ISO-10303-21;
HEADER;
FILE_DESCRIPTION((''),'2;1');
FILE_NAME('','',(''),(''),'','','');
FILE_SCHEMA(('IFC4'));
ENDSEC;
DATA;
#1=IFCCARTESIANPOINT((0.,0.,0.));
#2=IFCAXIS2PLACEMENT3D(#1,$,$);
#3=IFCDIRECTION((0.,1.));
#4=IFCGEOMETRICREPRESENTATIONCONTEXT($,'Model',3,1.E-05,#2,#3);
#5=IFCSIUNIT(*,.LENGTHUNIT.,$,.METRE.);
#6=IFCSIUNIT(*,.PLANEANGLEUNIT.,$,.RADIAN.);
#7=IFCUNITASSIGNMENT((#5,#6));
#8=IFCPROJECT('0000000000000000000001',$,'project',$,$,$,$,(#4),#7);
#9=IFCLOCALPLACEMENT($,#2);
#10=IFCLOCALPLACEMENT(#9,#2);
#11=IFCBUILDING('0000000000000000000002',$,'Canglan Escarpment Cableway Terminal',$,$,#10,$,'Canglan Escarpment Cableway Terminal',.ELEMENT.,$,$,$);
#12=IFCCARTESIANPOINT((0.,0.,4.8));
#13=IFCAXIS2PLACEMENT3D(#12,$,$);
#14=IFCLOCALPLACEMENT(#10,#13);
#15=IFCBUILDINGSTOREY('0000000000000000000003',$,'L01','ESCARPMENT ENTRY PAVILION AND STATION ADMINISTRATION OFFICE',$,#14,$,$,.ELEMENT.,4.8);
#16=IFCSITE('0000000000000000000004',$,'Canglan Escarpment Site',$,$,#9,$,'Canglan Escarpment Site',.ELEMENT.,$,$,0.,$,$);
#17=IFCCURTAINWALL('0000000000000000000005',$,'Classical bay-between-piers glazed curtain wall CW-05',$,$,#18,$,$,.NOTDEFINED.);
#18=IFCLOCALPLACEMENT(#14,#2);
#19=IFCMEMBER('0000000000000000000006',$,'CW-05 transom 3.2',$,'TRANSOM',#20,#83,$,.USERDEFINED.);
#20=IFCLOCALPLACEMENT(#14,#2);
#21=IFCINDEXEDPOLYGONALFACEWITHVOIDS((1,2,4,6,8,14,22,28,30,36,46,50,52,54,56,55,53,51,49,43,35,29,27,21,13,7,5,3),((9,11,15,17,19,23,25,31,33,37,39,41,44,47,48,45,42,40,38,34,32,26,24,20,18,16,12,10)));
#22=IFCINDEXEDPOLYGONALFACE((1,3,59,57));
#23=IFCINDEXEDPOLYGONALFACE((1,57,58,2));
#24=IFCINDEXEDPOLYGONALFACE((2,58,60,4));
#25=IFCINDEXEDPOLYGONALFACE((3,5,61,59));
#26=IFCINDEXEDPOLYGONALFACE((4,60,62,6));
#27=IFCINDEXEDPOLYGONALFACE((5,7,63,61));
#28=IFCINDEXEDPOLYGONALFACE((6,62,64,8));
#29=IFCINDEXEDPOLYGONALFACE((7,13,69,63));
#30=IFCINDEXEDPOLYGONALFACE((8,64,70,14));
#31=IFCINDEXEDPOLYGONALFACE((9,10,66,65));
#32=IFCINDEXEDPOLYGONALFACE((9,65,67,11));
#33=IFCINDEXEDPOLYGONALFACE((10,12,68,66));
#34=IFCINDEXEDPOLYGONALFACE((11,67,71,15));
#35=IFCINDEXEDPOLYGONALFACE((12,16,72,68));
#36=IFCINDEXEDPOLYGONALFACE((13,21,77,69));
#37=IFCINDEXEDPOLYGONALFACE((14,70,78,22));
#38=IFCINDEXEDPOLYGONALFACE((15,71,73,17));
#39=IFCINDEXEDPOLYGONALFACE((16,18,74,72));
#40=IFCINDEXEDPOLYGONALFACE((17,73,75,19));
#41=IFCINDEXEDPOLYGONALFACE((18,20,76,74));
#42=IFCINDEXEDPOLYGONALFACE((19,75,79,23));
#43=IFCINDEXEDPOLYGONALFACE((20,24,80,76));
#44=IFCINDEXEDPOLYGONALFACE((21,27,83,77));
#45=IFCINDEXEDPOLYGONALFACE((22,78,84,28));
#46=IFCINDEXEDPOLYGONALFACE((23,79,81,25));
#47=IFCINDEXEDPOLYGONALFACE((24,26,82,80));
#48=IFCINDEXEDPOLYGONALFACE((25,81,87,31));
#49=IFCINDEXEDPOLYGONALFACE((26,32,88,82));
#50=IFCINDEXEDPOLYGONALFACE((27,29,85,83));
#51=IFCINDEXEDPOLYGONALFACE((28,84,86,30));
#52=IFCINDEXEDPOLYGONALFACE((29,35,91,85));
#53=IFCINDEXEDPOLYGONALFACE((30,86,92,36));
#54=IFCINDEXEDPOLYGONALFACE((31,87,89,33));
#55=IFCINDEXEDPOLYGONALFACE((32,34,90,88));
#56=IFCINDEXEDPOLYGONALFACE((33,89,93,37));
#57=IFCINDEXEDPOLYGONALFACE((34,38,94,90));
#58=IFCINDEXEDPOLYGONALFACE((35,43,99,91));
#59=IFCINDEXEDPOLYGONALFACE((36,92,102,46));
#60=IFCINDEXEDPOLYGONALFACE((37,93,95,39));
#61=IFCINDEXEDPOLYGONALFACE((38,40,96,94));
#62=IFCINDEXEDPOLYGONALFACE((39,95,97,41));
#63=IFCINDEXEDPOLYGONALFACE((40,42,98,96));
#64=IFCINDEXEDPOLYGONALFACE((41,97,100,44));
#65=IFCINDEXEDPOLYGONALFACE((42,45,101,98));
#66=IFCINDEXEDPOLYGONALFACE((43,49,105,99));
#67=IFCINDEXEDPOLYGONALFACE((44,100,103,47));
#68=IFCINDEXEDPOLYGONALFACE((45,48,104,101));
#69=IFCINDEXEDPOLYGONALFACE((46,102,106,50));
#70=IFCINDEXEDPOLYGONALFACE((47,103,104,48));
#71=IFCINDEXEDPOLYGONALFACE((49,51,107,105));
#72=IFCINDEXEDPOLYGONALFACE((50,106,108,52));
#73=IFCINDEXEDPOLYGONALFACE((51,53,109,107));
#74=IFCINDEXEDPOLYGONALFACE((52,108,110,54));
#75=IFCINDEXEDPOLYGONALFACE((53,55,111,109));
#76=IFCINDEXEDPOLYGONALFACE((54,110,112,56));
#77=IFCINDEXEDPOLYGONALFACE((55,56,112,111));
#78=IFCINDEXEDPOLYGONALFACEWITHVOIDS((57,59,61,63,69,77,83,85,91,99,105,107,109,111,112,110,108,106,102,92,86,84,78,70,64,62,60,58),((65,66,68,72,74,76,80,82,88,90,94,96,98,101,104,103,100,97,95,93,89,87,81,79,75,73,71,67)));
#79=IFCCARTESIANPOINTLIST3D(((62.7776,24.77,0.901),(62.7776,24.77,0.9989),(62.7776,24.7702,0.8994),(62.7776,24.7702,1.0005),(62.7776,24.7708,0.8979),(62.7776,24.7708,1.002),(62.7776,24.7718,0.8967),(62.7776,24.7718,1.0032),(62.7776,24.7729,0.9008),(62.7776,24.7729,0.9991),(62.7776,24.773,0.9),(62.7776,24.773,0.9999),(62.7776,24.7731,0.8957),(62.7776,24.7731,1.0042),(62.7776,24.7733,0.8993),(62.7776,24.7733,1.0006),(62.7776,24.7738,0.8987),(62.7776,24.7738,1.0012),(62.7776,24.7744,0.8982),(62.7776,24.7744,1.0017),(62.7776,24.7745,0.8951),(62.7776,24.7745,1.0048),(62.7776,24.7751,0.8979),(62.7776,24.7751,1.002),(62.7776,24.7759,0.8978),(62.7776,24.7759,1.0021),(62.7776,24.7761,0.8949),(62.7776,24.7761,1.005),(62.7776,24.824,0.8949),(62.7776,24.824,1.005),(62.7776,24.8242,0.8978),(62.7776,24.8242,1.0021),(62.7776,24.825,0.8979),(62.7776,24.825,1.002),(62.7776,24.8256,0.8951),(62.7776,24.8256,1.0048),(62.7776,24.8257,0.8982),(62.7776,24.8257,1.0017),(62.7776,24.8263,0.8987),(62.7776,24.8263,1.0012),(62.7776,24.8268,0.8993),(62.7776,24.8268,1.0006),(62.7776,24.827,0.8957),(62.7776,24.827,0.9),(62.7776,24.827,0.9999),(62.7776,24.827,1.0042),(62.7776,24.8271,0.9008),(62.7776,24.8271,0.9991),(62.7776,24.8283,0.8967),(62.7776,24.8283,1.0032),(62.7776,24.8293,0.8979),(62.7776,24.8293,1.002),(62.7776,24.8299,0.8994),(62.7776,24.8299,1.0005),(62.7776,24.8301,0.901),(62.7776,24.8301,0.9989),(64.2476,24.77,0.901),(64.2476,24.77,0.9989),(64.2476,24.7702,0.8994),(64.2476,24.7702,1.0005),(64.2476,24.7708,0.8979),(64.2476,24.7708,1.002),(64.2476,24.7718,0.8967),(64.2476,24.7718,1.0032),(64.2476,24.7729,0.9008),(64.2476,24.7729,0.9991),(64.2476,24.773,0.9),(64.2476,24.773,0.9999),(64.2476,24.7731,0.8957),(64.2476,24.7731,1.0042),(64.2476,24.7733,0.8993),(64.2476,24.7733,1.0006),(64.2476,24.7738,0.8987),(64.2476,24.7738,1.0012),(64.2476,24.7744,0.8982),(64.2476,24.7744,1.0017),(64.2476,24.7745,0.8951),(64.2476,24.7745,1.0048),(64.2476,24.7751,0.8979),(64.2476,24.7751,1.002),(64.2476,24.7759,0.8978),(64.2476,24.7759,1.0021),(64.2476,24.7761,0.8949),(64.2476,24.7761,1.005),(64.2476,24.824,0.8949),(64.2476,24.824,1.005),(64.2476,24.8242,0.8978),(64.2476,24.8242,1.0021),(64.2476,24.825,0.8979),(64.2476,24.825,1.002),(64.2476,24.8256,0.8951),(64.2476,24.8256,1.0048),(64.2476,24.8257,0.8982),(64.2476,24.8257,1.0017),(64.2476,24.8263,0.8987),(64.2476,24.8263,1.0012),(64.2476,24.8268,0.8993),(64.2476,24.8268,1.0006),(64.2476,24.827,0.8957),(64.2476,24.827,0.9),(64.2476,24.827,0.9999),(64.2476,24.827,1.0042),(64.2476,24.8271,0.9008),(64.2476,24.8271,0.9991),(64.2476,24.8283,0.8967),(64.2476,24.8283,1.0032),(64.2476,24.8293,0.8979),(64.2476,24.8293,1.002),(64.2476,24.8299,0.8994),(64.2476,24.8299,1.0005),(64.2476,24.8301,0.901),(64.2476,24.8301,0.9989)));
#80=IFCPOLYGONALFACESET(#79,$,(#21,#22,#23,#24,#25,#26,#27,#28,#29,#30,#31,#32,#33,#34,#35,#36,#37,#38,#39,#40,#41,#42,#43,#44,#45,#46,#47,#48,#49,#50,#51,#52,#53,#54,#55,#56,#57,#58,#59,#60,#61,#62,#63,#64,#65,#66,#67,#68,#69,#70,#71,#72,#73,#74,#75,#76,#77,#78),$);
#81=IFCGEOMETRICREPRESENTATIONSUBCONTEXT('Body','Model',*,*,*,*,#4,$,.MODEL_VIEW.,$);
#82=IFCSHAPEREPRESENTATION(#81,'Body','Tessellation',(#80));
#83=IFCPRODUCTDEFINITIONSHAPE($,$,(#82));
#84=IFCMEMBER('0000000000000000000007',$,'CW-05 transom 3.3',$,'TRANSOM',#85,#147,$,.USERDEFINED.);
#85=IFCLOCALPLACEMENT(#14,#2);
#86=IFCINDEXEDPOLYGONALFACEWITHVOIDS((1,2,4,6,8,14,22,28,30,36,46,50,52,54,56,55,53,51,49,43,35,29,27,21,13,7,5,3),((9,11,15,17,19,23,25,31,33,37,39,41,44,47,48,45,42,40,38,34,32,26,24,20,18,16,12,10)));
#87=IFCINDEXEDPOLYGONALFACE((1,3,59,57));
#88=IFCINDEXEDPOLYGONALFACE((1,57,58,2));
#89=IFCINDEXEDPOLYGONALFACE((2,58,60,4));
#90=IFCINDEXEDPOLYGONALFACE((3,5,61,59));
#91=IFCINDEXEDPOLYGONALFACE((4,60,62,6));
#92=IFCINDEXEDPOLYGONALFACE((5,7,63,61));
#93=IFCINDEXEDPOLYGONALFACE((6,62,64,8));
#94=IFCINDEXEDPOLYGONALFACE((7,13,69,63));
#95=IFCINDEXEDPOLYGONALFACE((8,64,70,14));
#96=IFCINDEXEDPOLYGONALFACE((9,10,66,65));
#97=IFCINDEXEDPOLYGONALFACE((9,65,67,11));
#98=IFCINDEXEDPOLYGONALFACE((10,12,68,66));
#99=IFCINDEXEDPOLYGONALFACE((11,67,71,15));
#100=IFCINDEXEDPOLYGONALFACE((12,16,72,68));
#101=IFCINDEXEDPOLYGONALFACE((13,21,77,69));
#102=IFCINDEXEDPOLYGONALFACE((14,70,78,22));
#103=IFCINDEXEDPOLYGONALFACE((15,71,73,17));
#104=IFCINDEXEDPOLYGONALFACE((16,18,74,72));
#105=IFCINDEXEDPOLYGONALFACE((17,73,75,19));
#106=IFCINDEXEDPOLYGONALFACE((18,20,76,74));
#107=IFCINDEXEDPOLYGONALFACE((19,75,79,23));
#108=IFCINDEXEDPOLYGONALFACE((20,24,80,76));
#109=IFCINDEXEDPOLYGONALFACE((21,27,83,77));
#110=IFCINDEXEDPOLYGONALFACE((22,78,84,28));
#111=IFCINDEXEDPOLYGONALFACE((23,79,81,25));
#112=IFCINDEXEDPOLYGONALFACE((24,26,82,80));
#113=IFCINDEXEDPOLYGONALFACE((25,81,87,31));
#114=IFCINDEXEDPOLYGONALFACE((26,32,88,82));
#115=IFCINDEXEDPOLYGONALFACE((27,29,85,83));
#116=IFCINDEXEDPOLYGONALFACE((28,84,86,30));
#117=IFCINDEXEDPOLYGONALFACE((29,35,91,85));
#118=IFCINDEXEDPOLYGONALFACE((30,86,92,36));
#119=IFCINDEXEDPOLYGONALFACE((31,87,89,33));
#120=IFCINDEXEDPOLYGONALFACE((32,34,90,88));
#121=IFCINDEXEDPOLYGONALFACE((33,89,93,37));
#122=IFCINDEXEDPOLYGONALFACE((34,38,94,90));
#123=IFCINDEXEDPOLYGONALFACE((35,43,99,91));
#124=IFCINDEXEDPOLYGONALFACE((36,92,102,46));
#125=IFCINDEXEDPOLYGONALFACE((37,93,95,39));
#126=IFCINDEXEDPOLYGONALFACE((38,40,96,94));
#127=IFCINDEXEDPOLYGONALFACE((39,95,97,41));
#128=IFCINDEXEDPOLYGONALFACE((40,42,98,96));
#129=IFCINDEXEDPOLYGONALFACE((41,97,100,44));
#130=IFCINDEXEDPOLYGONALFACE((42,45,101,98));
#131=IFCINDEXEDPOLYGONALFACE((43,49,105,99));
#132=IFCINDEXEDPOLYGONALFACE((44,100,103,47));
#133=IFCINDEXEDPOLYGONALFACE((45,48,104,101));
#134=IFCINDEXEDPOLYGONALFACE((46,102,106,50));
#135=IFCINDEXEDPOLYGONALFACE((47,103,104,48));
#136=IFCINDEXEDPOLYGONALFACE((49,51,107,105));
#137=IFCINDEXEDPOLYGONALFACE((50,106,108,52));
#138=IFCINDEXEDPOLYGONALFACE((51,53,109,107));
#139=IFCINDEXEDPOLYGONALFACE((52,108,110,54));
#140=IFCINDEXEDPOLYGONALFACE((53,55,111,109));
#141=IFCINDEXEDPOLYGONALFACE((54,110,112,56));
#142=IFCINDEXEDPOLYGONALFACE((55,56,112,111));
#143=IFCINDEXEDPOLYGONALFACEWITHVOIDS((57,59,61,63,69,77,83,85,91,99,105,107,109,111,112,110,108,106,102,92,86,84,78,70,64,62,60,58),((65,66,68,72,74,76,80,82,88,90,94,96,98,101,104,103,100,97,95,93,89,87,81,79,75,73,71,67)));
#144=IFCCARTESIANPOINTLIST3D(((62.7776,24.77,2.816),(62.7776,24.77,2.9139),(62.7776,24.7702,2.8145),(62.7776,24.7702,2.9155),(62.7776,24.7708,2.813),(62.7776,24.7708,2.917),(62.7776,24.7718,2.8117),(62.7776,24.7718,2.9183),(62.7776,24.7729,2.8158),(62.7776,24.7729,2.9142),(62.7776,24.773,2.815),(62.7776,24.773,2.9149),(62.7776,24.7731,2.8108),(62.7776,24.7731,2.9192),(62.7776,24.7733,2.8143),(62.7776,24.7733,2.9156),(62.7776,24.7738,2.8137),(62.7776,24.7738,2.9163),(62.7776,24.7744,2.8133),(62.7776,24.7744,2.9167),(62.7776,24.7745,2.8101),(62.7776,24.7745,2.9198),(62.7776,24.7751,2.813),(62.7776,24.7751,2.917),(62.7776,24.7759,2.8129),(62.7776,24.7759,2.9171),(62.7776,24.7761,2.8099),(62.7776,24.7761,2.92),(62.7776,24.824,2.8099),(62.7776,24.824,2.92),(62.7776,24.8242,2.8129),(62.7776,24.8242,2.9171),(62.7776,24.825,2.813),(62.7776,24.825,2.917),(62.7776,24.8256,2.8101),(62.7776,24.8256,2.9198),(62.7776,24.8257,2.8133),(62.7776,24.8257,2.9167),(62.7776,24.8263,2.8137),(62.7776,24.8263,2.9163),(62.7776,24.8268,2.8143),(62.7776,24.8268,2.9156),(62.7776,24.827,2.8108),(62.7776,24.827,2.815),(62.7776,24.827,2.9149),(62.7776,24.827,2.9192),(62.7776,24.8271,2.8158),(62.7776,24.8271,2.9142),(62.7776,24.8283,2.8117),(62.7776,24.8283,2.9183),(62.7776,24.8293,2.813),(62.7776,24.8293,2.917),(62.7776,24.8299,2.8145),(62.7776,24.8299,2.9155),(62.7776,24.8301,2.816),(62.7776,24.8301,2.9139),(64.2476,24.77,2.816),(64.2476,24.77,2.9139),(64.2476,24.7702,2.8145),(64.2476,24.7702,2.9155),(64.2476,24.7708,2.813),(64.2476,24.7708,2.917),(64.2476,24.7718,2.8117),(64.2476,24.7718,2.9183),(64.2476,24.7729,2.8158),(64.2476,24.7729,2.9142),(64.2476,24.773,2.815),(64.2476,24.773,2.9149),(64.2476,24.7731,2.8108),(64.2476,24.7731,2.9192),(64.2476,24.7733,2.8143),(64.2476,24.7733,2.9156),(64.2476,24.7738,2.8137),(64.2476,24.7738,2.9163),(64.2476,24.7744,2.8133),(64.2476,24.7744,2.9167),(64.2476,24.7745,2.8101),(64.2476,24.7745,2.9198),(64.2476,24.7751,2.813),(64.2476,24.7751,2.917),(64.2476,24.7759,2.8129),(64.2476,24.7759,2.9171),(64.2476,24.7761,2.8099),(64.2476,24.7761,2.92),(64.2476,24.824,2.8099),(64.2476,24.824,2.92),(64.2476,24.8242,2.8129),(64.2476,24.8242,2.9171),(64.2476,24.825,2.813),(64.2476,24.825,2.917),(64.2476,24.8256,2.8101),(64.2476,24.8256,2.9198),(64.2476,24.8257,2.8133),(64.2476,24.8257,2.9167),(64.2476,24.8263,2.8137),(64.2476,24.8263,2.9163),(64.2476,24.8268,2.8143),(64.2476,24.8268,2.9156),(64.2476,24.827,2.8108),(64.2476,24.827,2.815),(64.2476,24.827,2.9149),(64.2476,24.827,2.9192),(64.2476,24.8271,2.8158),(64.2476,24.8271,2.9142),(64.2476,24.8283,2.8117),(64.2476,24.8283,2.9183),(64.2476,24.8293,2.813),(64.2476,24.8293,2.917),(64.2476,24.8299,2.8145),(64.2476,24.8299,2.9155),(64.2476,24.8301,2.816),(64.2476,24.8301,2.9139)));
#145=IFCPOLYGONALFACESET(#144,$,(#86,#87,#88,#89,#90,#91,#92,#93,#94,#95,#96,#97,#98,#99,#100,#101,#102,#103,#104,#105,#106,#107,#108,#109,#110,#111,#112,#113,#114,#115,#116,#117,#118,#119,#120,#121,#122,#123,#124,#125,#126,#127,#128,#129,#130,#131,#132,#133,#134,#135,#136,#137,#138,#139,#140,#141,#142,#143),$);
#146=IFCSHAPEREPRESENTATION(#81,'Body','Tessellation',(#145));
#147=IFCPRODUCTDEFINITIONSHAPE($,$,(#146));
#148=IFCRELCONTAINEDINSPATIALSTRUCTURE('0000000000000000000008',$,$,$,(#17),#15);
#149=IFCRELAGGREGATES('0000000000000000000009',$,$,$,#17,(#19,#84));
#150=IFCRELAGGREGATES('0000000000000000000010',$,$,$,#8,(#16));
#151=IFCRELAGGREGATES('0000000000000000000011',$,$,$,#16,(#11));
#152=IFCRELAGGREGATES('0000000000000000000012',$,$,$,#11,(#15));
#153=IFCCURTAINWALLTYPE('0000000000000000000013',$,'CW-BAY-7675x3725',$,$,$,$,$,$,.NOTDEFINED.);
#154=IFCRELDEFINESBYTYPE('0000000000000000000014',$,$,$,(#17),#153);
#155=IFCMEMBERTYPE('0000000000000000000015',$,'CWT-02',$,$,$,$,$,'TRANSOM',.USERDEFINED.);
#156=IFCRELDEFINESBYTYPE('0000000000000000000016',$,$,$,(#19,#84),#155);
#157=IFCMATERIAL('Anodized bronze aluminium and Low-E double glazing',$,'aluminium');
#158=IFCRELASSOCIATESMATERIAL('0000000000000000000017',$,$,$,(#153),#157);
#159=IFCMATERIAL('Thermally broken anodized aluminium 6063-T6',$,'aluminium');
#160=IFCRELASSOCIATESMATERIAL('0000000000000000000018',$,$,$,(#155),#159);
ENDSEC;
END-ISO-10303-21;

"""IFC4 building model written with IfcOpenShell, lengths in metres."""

from ifc_helpers import new_model, si_unit, direction, frame, origin, origin_2d, place, context, subcontext, project, spatial, hollow_rectangle, extrude, material, material_profile, profile_set, type_object, element, aggregate, save


model = new_model("IFC4")

# Units and contexts
model_context = context("Model", 3, precision=1e-05, world=origin(), true_north=direction((0.0, 1.0)))
body_context = subcontext(model_context, "Body", "Model", "MODEL_VIEW")
ifc_project = project(units=[si_unit("LENGTHUNIT", "METRE"), si_unit("PLANEANGLEUNIT", "RADIAN")], contexts=[model_context])

# Site, building, storey
site_placement = place(None, origin())
site = spatial("IfcSite", under=ifc_project, at=site_placement, Name="Canglan Escarpment Site", LongName="Canglan Escarpment Site", CompositionType="ELEMENT", RefElevation=0.0)
building_placement = place(site_placement, origin())
building = spatial("IfcBuilding", under=site, at=building_placement, Name="Canglan Escarpment Cableway Terminal", LongName="Canglan Escarpment Cableway Terminal", CompositionType="ELEMENT")
storey_placement = place(building_placement, frame((0.0, 0.0, 4.8)))
storey = spatial("IfcBuildingStorey", under=building, at=storey_placement, Name="L01", Description="ESCARPMENT ENTRY PAVILION AND STATION ADMINISTRATION OFFICE", CompositionType="ELEMENT", Elevation=4.8)

# Curtain wall, members
ifc_material_1 = material(Name="Anodized bronze aluminium and Low-E double glazing", Category="aluminium")
curtain_wall_type = type_object("IfcCurtainWallType", Name="CW-BAY-7675x3725", PredefinedType="NOTDEFINED", material=ifc_material_1)
curtain_wall_placement = place(storey_placement, origin())
curtain_wall = element("IfcCurtainWall", 1, at=curtain_wall_placement, inside=storey, type_object=curtain_wall_type, Name="Classical bay-between-piers glazed curtain wall CW-05", PredefinedType="NOTDEFINED")
ifc_material_2 = material(Name="Thermally broken anodized aluminium 6063-T6", Category="aluminium")
ifc_material_profile_1 = material_profile(ifc_material_2, hollow_rectangle(XDim=0.0601, YDim=0.1101, WallThickness=0.0029, InnerFilletRadius=0.0029, OuterFilletRadius=0.0061, at=origin_2d()), Name="ALU-TRAN 60x110x3")
ifc_profile_set_1 = profile_set([ifc_material_profile_1], Name="Thermally broken anodized aluminium 6063-T6")
member_type_1 = type_object("IfcMemberType", Name="CWT-02", ElementType="TRANSOM", PredefinedType="USERDEFINED", material=ifc_profile_set_1)
member_1_placement = place(storey_placement, frame((64.2476, 24.8, 0.95), z_axis=(-1.0, 0.0, 0.0), x_axis=(0.0, -1.0, 0.0)))
member_1 = element("IfcMember", 2, at=member_1_placement, type_object=member_type_1, Name="CW-05 transom 3.2", ObjectType="TRANSOM", PredefinedType="USERDEFINED", context=body_context, shape_type="SweptSolid", body=[
    extrude(hollow_rectangle(XDim=0.0601, YDim=0.1101, WallThickness=0.0029, InnerFilletRadius=0.0029, OuterFilletRadius=0.0061, at=origin_2d()), origin(), (0.0, 0.0, 1.0), 1.47),
])
member_2_placement = place(storey_placement, frame((64.2476, 24.8, 2.865), z_axis=(-1.0, 0.0, 0.0), x_axis=(0.0, -1.0, 0.0)))
member_2 = element("IfcMember", 3, at=member_2_placement, type_object=member_type_1, Name="CW-05 transom 3.3", ObjectType="TRANSOM", PredefinedType="USERDEFINED", context=body_context, shape_type="SweptSolid", body=[
    extrude(hollow_rectangle(XDim=0.0601, YDim=0.1101, WallThickness=0.0029, InnerFilletRadius=0.0029, OuterFilletRadius=0.0061, at=origin_2d()), origin(), (0.0, 0.0, 1.0), 1.47),
])
aggregate(curtain_wall, [member_1, member_2])

save(model, "model.ifc")
